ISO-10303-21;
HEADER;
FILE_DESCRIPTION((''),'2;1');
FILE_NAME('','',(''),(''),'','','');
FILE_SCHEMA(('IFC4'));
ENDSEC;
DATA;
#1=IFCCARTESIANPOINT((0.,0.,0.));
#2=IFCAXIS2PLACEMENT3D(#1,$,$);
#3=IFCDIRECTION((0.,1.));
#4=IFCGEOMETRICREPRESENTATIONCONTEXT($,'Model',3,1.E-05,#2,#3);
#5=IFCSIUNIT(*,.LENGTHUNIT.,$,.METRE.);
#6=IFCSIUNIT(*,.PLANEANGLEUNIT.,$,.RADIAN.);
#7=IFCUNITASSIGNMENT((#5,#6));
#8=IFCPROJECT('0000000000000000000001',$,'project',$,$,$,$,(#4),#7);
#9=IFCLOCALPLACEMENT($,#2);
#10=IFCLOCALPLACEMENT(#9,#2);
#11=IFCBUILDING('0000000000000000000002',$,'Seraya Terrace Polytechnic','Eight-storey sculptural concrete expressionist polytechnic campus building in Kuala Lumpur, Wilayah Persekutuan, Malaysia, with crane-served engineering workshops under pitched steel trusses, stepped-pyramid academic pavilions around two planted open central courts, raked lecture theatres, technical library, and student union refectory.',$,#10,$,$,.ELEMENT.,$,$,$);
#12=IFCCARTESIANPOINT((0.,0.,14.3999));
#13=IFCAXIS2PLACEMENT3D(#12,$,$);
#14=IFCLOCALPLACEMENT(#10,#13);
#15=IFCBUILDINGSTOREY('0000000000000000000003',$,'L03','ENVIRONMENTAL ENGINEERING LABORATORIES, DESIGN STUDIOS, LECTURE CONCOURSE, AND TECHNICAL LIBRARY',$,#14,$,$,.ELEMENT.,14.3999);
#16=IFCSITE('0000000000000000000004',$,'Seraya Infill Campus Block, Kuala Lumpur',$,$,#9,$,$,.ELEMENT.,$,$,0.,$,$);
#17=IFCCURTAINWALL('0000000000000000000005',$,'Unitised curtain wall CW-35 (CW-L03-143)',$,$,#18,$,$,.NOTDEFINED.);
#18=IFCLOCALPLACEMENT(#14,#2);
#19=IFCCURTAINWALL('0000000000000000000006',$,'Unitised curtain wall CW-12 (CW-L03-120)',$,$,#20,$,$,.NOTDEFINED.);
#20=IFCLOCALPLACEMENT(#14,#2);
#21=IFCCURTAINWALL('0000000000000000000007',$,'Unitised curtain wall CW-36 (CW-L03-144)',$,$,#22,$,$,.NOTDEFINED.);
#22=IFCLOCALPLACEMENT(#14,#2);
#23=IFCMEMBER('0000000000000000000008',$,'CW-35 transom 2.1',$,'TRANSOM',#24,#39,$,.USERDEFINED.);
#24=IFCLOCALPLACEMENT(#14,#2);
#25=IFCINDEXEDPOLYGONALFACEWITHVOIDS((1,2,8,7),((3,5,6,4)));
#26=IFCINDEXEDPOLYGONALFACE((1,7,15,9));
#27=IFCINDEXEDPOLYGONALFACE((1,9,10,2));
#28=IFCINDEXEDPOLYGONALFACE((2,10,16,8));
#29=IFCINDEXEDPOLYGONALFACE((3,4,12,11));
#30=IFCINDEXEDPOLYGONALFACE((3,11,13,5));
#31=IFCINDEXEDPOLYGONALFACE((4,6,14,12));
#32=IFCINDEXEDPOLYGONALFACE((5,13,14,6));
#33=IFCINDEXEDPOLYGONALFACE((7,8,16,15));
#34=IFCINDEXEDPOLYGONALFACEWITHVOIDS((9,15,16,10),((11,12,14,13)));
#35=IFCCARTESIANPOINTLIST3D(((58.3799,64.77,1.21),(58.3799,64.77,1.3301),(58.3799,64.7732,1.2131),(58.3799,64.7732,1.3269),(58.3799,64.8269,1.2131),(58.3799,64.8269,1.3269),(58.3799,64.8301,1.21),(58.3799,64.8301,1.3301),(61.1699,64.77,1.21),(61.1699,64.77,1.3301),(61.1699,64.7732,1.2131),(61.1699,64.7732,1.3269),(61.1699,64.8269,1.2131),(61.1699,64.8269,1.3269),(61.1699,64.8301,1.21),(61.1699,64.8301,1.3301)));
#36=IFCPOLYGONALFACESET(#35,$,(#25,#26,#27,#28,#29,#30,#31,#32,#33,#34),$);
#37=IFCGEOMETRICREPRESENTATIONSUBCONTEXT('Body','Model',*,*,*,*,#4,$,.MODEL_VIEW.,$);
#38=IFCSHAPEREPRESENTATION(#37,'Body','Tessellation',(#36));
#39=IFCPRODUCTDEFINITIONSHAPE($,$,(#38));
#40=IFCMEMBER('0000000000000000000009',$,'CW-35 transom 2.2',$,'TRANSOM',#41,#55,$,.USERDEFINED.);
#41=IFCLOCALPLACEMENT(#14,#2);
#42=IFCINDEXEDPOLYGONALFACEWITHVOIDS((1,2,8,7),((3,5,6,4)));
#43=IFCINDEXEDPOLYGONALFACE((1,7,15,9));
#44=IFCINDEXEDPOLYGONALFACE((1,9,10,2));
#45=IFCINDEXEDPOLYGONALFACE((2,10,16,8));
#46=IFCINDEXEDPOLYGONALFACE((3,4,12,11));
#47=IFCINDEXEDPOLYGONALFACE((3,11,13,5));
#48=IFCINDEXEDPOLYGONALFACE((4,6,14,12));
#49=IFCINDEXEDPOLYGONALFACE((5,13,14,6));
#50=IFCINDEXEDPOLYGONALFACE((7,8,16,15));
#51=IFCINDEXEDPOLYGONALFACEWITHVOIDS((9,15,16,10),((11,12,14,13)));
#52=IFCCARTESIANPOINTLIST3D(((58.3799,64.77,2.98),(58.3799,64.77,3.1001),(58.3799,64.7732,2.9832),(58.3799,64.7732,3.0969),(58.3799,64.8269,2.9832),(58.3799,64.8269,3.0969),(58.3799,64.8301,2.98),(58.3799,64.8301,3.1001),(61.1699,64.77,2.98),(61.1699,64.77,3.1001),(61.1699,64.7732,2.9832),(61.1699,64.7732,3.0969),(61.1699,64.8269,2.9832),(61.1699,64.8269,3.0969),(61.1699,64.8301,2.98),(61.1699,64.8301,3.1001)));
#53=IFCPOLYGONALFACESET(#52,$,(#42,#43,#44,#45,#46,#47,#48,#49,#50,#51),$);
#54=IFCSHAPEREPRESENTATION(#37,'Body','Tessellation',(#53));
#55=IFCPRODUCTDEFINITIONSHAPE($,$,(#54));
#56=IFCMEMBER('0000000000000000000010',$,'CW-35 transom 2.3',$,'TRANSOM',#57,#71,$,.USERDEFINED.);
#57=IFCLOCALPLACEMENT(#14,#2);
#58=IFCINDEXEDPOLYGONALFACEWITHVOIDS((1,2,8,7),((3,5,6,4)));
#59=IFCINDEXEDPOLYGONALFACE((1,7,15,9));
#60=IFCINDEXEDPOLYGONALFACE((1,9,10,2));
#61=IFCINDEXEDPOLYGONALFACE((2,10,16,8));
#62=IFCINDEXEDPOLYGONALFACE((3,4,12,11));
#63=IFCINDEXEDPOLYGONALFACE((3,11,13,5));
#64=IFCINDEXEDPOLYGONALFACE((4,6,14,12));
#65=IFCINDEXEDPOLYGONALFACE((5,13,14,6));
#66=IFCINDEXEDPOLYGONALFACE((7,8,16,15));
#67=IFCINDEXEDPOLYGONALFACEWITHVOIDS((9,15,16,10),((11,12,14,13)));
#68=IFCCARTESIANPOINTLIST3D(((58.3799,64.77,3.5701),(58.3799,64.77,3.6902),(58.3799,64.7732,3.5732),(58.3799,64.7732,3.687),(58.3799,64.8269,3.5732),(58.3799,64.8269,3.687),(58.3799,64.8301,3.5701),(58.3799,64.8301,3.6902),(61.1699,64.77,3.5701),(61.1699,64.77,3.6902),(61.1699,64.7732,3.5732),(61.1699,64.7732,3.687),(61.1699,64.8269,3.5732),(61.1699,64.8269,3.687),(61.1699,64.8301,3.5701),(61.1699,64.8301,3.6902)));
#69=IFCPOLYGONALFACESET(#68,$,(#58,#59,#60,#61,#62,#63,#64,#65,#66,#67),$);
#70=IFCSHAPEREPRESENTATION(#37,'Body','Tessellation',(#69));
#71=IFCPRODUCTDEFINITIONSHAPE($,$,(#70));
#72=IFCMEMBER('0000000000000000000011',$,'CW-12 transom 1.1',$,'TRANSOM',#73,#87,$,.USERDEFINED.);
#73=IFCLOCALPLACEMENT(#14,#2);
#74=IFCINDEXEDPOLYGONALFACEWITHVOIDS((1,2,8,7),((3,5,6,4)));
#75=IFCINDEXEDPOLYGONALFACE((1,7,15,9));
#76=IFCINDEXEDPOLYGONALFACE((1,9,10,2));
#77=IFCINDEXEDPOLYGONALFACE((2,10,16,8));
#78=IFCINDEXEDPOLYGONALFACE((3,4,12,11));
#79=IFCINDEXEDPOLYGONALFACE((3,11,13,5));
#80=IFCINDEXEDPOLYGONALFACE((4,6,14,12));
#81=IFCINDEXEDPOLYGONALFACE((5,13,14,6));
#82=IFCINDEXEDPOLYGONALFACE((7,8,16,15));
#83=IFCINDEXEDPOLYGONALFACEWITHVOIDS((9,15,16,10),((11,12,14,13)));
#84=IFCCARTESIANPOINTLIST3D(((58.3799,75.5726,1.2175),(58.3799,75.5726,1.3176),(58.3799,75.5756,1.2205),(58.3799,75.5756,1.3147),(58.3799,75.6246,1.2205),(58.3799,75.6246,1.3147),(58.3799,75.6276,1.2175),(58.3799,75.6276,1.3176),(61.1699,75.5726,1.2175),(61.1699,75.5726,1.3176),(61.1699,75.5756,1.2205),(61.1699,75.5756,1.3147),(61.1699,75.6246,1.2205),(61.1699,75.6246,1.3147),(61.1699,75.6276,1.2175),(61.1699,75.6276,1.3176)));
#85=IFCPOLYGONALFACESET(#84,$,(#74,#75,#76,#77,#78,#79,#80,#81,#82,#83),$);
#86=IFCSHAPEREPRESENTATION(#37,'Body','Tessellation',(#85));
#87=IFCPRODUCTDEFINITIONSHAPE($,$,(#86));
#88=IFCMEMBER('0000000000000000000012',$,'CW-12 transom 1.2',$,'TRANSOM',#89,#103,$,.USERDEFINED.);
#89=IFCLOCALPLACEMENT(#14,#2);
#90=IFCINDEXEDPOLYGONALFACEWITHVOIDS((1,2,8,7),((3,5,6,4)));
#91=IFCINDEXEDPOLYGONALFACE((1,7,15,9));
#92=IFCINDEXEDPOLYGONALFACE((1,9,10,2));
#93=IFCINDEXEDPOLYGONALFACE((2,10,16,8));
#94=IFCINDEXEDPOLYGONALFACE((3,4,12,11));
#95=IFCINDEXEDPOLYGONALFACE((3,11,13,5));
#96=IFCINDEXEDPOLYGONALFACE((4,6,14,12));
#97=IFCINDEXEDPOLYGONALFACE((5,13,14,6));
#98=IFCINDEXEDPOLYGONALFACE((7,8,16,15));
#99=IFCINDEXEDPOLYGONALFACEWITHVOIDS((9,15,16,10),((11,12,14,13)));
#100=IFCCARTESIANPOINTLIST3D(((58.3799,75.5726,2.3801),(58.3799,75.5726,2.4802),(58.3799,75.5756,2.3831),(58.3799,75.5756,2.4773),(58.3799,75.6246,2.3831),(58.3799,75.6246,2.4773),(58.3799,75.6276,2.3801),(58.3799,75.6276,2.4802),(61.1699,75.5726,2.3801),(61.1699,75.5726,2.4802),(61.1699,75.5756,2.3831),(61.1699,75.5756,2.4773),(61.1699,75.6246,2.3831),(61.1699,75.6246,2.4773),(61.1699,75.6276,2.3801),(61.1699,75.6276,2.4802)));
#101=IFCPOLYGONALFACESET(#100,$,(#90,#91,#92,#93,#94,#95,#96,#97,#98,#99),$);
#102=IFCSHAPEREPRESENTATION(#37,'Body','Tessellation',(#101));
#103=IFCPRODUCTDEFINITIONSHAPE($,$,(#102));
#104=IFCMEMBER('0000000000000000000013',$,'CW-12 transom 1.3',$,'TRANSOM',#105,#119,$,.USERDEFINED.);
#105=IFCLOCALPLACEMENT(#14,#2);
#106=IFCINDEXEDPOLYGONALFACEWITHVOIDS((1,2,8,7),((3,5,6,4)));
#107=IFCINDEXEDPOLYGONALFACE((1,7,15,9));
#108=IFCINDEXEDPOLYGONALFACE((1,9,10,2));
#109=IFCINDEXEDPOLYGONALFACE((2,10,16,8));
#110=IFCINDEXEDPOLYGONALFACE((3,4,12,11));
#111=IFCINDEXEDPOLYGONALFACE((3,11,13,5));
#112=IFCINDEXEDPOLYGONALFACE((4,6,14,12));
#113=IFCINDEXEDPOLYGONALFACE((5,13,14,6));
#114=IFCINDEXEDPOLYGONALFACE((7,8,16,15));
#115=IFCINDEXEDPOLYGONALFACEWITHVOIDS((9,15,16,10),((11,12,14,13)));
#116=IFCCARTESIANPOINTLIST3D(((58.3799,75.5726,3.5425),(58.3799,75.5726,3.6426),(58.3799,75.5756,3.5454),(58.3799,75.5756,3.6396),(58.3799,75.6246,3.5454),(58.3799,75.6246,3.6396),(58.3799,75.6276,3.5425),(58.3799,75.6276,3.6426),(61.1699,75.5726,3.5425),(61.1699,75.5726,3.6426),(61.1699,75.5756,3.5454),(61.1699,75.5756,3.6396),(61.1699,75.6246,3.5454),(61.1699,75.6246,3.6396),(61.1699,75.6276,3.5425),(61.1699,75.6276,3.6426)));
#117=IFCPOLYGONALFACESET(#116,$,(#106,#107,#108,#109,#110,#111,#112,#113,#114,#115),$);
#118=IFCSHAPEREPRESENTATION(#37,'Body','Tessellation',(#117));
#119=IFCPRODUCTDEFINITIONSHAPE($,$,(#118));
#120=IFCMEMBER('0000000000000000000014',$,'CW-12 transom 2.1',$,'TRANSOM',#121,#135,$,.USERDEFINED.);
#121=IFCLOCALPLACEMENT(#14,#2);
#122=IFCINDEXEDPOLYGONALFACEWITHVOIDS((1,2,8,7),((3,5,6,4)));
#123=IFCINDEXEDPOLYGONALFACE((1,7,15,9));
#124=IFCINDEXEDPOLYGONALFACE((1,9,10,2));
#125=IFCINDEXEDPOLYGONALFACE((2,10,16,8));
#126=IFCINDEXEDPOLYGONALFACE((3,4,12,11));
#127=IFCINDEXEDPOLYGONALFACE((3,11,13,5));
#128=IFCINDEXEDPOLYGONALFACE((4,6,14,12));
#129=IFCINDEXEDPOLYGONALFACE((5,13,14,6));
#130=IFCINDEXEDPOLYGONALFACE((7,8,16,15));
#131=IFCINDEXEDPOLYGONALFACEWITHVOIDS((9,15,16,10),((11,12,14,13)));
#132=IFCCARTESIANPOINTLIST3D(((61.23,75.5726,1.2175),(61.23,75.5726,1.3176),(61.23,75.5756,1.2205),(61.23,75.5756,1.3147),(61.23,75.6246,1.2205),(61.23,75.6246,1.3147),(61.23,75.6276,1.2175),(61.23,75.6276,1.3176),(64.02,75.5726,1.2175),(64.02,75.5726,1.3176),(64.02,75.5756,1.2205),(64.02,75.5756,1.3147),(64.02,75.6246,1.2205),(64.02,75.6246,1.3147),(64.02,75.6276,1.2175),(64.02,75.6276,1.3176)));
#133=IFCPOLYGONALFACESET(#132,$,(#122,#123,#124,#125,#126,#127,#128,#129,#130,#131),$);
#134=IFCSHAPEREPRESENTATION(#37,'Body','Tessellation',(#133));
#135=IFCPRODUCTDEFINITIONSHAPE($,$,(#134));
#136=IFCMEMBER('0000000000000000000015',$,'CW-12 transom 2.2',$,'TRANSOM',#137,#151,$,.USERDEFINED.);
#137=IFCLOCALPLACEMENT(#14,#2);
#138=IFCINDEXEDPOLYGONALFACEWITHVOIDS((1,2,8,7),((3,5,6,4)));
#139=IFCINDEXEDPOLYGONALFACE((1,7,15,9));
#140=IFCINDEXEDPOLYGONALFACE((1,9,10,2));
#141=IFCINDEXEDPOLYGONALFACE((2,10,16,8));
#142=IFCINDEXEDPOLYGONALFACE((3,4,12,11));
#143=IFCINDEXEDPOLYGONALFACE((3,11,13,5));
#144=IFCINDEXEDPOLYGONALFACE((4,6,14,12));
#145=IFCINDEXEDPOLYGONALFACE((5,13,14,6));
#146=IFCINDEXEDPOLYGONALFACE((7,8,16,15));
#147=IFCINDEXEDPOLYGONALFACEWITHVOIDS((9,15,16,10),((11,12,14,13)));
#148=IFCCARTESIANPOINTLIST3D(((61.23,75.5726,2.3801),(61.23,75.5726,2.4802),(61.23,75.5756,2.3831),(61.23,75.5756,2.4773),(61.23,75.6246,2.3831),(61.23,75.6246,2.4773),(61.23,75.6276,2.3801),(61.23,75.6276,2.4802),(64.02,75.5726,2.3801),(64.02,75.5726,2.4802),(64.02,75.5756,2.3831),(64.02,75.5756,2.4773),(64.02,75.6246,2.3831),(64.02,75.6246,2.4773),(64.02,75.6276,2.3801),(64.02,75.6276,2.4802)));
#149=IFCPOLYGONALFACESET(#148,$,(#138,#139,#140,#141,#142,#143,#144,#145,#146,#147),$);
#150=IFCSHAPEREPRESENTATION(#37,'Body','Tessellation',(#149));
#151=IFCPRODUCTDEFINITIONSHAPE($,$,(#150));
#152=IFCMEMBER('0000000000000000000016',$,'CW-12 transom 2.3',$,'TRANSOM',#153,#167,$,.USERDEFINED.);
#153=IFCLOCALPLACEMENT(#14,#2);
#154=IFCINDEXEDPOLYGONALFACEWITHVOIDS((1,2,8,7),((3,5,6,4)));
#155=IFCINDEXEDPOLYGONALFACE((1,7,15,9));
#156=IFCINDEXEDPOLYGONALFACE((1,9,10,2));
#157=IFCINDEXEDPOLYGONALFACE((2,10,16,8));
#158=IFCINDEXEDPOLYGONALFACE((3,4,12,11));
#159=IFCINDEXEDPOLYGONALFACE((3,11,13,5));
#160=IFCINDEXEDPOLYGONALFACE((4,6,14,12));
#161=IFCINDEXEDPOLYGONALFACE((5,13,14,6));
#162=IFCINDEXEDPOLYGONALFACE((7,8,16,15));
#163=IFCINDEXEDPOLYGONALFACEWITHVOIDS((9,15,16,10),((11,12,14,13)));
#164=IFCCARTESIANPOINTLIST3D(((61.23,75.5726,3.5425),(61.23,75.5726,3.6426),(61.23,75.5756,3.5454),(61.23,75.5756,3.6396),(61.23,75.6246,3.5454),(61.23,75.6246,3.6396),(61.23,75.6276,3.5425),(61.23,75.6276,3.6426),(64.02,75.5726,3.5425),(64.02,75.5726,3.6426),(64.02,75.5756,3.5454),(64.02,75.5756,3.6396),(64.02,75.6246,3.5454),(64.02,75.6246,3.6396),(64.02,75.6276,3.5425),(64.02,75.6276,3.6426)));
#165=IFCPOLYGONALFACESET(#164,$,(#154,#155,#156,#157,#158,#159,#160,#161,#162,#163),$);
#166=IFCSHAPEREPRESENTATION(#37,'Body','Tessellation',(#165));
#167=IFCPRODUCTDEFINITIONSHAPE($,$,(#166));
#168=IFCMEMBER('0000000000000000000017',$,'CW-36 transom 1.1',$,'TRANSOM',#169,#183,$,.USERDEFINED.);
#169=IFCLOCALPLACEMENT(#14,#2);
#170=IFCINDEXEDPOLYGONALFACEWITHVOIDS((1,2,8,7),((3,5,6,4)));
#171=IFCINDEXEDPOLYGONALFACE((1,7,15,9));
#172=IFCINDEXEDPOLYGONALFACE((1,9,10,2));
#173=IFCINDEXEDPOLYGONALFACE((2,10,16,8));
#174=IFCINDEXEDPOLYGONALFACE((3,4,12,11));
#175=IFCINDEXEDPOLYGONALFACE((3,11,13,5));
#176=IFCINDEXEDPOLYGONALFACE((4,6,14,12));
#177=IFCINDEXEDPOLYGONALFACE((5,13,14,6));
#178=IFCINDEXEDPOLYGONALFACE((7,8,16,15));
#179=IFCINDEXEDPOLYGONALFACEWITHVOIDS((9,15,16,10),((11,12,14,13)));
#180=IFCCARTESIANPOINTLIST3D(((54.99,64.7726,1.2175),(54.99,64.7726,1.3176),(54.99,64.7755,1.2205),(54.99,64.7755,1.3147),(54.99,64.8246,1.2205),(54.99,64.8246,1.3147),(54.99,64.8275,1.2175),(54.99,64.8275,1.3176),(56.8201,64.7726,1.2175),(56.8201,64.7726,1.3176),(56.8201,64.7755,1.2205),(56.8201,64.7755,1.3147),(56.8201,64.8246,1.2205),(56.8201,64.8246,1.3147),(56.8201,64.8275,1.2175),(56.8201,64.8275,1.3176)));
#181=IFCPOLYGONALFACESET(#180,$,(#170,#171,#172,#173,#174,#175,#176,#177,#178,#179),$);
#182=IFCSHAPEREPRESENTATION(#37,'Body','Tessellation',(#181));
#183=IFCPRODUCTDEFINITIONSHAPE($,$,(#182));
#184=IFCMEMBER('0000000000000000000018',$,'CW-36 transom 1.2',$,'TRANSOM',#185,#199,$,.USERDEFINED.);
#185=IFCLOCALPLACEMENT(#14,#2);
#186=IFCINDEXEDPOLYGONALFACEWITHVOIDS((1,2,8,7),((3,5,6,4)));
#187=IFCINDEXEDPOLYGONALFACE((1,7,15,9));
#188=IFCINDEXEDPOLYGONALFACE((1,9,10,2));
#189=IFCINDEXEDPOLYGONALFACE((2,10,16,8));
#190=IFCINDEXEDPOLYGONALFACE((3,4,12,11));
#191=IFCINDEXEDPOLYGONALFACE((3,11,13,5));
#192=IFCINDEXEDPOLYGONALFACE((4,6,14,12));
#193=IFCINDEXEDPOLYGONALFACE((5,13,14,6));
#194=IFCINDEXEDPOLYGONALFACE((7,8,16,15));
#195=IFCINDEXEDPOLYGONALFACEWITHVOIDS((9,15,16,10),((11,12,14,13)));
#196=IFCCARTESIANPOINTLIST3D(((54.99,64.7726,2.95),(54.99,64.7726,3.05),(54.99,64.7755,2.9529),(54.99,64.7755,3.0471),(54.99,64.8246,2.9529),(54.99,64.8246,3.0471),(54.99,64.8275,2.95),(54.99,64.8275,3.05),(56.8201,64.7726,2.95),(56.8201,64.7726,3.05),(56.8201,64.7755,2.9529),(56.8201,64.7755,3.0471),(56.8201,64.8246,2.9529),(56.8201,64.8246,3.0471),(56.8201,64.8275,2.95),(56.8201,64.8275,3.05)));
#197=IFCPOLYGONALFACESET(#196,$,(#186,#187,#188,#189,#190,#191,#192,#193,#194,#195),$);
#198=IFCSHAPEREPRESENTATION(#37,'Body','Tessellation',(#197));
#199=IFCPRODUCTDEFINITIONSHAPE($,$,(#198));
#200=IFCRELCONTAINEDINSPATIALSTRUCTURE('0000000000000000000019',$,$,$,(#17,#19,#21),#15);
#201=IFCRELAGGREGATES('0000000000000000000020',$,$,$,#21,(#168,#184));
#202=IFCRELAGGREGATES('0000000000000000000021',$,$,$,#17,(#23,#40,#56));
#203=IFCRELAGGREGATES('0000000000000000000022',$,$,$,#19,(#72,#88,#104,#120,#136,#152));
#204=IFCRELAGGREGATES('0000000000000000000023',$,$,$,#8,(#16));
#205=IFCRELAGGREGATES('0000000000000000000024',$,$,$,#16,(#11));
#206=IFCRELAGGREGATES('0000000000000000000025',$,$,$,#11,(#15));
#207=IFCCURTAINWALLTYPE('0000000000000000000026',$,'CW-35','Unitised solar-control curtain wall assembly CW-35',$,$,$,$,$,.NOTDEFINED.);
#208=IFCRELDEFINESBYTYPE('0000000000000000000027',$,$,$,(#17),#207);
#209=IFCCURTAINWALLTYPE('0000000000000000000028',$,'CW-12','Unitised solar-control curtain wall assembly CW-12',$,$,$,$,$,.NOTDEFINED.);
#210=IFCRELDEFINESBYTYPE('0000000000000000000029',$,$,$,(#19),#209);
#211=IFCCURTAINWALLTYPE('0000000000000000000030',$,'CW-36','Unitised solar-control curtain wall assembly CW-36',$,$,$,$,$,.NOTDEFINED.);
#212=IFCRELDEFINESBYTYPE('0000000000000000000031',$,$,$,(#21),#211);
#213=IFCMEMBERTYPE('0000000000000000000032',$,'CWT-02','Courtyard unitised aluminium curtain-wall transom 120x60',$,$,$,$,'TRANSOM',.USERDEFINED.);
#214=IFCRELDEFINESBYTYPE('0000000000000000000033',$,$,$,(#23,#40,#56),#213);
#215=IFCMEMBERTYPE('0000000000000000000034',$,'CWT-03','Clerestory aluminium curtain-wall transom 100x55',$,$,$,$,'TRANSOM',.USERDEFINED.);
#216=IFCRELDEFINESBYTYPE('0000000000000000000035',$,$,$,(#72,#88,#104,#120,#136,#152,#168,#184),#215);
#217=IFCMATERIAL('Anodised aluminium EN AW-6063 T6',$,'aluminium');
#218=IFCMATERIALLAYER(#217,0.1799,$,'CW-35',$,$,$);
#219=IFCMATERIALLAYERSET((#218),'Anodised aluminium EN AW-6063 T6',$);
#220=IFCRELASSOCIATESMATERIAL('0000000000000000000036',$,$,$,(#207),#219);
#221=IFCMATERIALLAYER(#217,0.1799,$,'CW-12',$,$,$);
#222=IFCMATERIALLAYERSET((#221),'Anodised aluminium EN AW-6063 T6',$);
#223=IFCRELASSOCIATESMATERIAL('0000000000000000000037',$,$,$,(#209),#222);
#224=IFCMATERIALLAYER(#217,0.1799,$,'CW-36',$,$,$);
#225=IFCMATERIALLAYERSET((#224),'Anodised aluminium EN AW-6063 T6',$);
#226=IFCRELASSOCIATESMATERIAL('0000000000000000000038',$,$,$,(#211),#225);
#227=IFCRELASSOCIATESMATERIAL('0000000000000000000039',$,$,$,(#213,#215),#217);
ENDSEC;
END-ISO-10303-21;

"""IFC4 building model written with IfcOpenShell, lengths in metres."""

from ifc_helpers import new_model, si_unit, direction, frame, origin, origin_2d, place, context, subcontext, project, spatial, hollow_rectangle, extrude, material, layer, layer_set, material_profile, profile_set, type_object, element, aggregate, save


model = new_model("IFC4")

# Units and contexts
model_context = context("Model", 3, precision=1e-05, world=origin(), true_north=direction((0.0, 1.0)))
body_context = subcontext(model_context, "Body", "Model", "MODEL_VIEW")
ifc_project = project(units=[si_unit("LENGTHUNIT", "METRE"), si_unit("PLANEANGLEUNIT", "RADIAN")], contexts=[model_context])

# Site, building, storey
site_placement = place(None, origin())
site = spatial("IfcSite", under=ifc_project, at=site_placement, Name="Seraya Infill Campus Block, Kuala Lumpur", CompositionType="ELEMENT", RefElevation=0.0)
building_placement = place(site_placement, origin())
building = spatial("IfcBuilding", under=site, at=building_placement, Name="Seraya Terrace Polytechnic", Description="Eight-storey sculptural concrete expressionist polytechnic campus building in Kuala Lumpur, Wilayah Persekutuan, Malaysia, with crane-served engineering workshops under pitched steel trusses, stepped-pyramid academic pavilions around two planted open central courts, raked lecture theatres, technical library, and student union refectory.", CompositionType="ELEMENT")
storey_placement = place(building_placement, frame((0.0, 0.0, 14.3999)))
storey = spatial("IfcBuildingStorey", under=building, at=storey_placement, Name="L03", Description="ENVIRONMENTAL ENGINEERING LABORATORIES, DESIGN STUDIOS, LECTURE CONCOURSE, AND TECHNICAL LIBRARY", CompositionType="ELEMENT", Elevation=14.3999)

# Shared definitions
ifc_material_1 = material(Name="Anodised aluminium EN AW-6063 T6", Category="aluminium")

# Curtain walls
ifc_layer_1 = layer(ifc_material_1, 0.1799, Name="CW-35")
ifc_layer_set_1 = layer_set([ifc_layer_1], Name="Anodised aluminium EN AW-6063 T6")
curtain_wall_type_1 = type_object("IfcCurtainWallType", Name="CW-35", Description="Unitised solar-control curtain wall assembly CW-35", PredefinedType="NOTDEFINED", material=ifc_layer_set_1)
curtain_wall_1_placement = place(storey_placement, origin())
curtain_wall_1 = element("IfcCurtainWall", 1, at=curtain_wall_1_placement, inside=storey, type_object=curtain_wall_type_1, Name="Unitised curtain wall CW-35 (CW-L03-143)", PredefinedType="NOTDEFINED")
ifc_layer_2 = layer(ifc_material_1, 0.1799, Name="CW-12")
ifc_layer_set_2 = layer_set([ifc_layer_2], Name="Anodised aluminium EN AW-6063 T6")
curtain_wall_type_2 = type_object("IfcCurtainWallType", Name="CW-12", Description="Unitised solar-control curtain wall assembly CW-12", PredefinedType="NOTDEFINED", material=ifc_layer_set_2)
curtain_wall_2_placement = place(storey_placement, origin())
curtain_wall_2 = element("IfcCurtainWall", 2, at=curtain_wall_2_placement, inside=storey, type_object=curtain_wall_type_2, Name="Unitised curtain wall CW-12 (CW-L03-120)", PredefinedType="NOTDEFINED")

# Curtain wall
ifc_layer_3 = layer(ifc_material_1, 0.1799, Name="CW-36")
ifc_layer_set_3 = layer_set([ifc_layer_3], Name="Anodised aluminium EN AW-6063 T6")
curtain_wall_type_3 = type_object("IfcCurtainWallType", Name="CW-36", Description="Unitised solar-control curtain wall assembly CW-36", PredefinedType="NOTDEFINED", material=ifc_layer_set_3)
curtain_wall_3_placement = place(storey_placement, origin())
curtain_wall_3 = element("IfcCurtainWall", 3, at=curtain_wall_3_placement, inside=storey, type_object=curtain_wall_type_3, Name="Unitised curtain wall CW-36 (CW-L03-144)", PredefinedType="NOTDEFINED")

# Members
ifc_material_profile_1 = material_profile(ifc_material_1, hollow_rectangle(XDim=0.0601, YDim=0.1201, WallThickness=0.0032, at=origin_2d()), Name="RHS 120x60x3.2")
ifc_profile_set_1 = profile_set([ifc_material_profile_1], Name="Anodised aluminium EN AW-6063 T6")
member_type_1 = type_object("IfcMemberType", Name="CWT-02", Description="Courtyard unitised aluminium curtain-wall transom 120x60", ElementType="TRANSOM", PredefinedType="USERDEFINED", material=ifc_profile_set_1)
member_1_placement = place(storey_placement, frame((61.1699, 64.8, 1.27), z_axis=(-1.0, 0.0, 0.0), x_axis=(0.0, -1.0, 0.0)))
member_1 = element("IfcMember", 4, at=member_1_placement, type_object=member_type_1, Name="CW-35 transom 2.1", ObjectType="TRANSOM", PredefinedType="USERDEFINED", context=body_context, shape_type="SweptSolid", body=[
    extrude(hollow_rectangle(XDim=0.0601, YDim=0.1201, WallThickness=0.0032, at=origin_2d()), origin(), (0.0, 0.0, 1.0), 2.79),
])
member_2_placement = place(storey_placement, frame((61.1699, 64.8, 3.04), z_axis=(-1.0, 0.0, 0.0), x_axis=(0.0, -1.0, 0.0)))
member_2 = element("IfcMember", 5, at=member_2_placement, type_object=member_type_1, Name="CW-35 transom 2.2", ObjectType="TRANSOM", PredefinedType="USERDEFINED", context=body_context, shape_type="SweptSolid", body=[
    extrude(hollow_rectangle(XDim=0.0601, YDim=0.1201, WallThickness=0.0032, at=origin_2d()), origin(), (0.0, 0.0, 1.0), 2.79),
])
member_3_placement = place(storey_placement, frame((61.1699, 64.8, 3.6301), z_axis=(-1.0, 0.0, 0.0), x_axis=(0.0, -1.0, 0.0)))
member_3 = element("IfcMember", 6, at=member_3_placement, type_object=member_type_1, Name="CW-35 transom 2.3", ObjectType="TRANSOM", PredefinedType="USERDEFINED", context=body_context, shape_type="SweptSolid", body=[
    extrude(hollow_rectangle(XDim=0.0601, YDim=0.1201, WallThickness=0.0032, at=origin_2d()), origin(), (0.0, 0.0, 1.0), 2.79),
])
ifc_material_profile_2 = material_profile(ifc_material_1, hollow_rectangle(XDim=0.0549, YDim=0.1001, WallThickness=0.0029, at=origin_2d()), Name="RHS 100x55x3.0")
ifc_profile_set_2 = profile_set([ifc_material_profile_2], Name="Anodised aluminium EN AW-6063 T6")
member_type_2 = type_object("IfcMemberType", Name="CWT-03", Description="Clerestory aluminium curtain-wall transom 100x55", ElementType="TRANSOM", PredefinedType="USERDEFINED", material=ifc_profile_set_2)
member_4_placement = place(storey_placement, frame((58.3799, 75.6001, 1.2676), z_axis=(1.0, 0.0, 0.0), x_axis=(0.0, 1.0, 0.0)))
member_4 = element("IfcMember", 7, at=member_4_placement, type_object=member_type_2, Name="CW-12 transom 1.1", ObjectType="TRANSOM", PredefinedType="USERDEFINED", context=body_context, shape_type="SweptSolid", body=[
    extrude(hollow_rectangle(XDim=0.0549, YDim=0.1001, WallThickness=0.0029, at=origin_2d()), origin(), (0.0, 0.0, 1.0), 2.79),
])
member_5_placement = place(storey_placement, frame((58.3799, 75.6001, 2.4302), z_axis=(1.0, 0.0, 0.0), x_axis=(0.0, 1.0, 0.0)))
member_5 = element("IfcMember", 8, at=member_5_placement, type_object=member_type_2, Name="CW-12 transom 1.2", ObjectType="TRANSOM", PredefinedType="USERDEFINED", context=body_context, shape_type="SweptSolid", body=[
    extrude(hollow_rectangle(XDim=0.0549, YDim=0.1001, WallThickness=0.0029, at=origin_2d()), origin(), (0.0, 0.0, 1.0), 2.79),
])
member_6_placement = place(storey_placement, frame((58.3799, 75.6001, 3.5925), z_axis=(1.0, 0.0, 0.0), x_axis=(0.0, 1.0, 0.0)))
member_6 = element("IfcMember", 9, at=member_6_placement, type_object=member_type_2, Name="CW-12 transom 1.3", ObjectType="TRANSOM", PredefinedType="USERDEFINED", context=body_context, shape_type="SweptSolid", body=[
    extrude(hollow_rectangle(XDim=0.0549, YDim=0.1001, WallThickness=0.0029, at=origin_2d()), origin(), (0.0, 0.0, 1.0), 2.79),
])
member_7_placement = place(storey_placement, frame((61.23, 75.6001, 1.2676), z_axis=(1.0, 0.0, 0.0), x_axis=(0.0, 1.0, 0.0)))
member_7 = element("IfcMember", 10, at=member_7_placement, type_object=member_type_2, Name="CW-12 transom 2.1", ObjectType="TRANSOM", PredefinedType="USERDEFINED", context=body_context, shape_type="SweptSolid", body=[
    extrude(hollow_rectangle(XDim=0.0549, YDim=0.1001, WallThickness=0.0029, at=origin_2d()), origin(), (0.0, 0.0, 1.0), 2.79),
])
member_8_placement = place(storey_placement, frame((61.23, 75.6001, 2.4302), z_axis=(1.0, 0.0, 0.0), x_axis=(0.0, 1.0, 0.0)))
member_8 = element("IfcMember", 11, at=member_8_placement, type_object=member_type_2, Name="CW-12 transom 2.2", ObjectType="TRANSOM", PredefinedType="USERDEFINED", context=body_context, shape_type="SweptSolid", body=[
    extrude(hollow_rectangle(XDim=0.0549, YDim=0.1001, WallThickness=0.0029, at=origin_2d()), origin(), (0.0, 0.0, 1.0), 2.79),
])
member_9_placement = place(storey_placement, frame((61.23, 75.6001, 3.5925), z_axis=(1.0, 0.0, 0.0), x_axis=(0.0, 1.0, 0.0)))
member_9 = element("IfcMember", 12, at=member_9_placement, type_object=member_type_2, Name="CW-12 transom 2.3", ObjectType="TRANSOM", PredefinedType="USERDEFINED", context=body_context, shape_type="SweptSolid", body=[
    extrude(hollow_rectangle(XDim=0.0549, YDim=0.1001, WallThickness=0.0029, at=origin_2d()), origin(), (0.0, 0.0, 1.0), 2.79),
])
member_10_placement = place(storey_placement, frame((56.8201, 64.8, 1.2676), z_axis=(-1.0, 0.0, 0.0), x_axis=(0.0, -1.0, 0.0)))
member_10 = element("IfcMember", 13, at=member_10_placement, type_object=member_type_2, Name="CW-36 transom 1.1", ObjectType="TRANSOM", PredefinedType="USERDEFINED", context=body_context, shape_type="SweptSolid", body=[
    extrude(hollow_rectangle(XDim=0.0549, YDim=0.1001, WallThickness=0.0029, at=origin_2d()), origin(), (0.0, 0.0, 1.0), 1.8301),
])
member_11_placement = place(storey_placement, frame((56.8201, 64.8, 3.0), z_axis=(-1.0, 0.0, 0.0), x_axis=(0.0, -1.0, 0.0)))
member_11 = element("IfcMember", 14, at=member_11_placement, type_object=member_type_2, Name="CW-36 transom 1.2", ObjectType="TRANSOM", PredefinedType="USERDEFINED", context=body_context, shape_type="SweptSolid", body=[
    extrude(hollow_rectangle(XDim=0.0549, YDim=0.1001, WallThickness=0.0029, at=origin_2d()), origin(), (0.0, 0.0, 1.0), 1.8301),
])
aggregate(curtain_wall_3, [member_10, member_11])

aggregate(curtain_wall_1, [member_1, member_2, member_3])
aggregate(curtain_wall_2, [member_4, member_5, member_6, member_7, member_8, member_9])

save(model, "model.ifc")
